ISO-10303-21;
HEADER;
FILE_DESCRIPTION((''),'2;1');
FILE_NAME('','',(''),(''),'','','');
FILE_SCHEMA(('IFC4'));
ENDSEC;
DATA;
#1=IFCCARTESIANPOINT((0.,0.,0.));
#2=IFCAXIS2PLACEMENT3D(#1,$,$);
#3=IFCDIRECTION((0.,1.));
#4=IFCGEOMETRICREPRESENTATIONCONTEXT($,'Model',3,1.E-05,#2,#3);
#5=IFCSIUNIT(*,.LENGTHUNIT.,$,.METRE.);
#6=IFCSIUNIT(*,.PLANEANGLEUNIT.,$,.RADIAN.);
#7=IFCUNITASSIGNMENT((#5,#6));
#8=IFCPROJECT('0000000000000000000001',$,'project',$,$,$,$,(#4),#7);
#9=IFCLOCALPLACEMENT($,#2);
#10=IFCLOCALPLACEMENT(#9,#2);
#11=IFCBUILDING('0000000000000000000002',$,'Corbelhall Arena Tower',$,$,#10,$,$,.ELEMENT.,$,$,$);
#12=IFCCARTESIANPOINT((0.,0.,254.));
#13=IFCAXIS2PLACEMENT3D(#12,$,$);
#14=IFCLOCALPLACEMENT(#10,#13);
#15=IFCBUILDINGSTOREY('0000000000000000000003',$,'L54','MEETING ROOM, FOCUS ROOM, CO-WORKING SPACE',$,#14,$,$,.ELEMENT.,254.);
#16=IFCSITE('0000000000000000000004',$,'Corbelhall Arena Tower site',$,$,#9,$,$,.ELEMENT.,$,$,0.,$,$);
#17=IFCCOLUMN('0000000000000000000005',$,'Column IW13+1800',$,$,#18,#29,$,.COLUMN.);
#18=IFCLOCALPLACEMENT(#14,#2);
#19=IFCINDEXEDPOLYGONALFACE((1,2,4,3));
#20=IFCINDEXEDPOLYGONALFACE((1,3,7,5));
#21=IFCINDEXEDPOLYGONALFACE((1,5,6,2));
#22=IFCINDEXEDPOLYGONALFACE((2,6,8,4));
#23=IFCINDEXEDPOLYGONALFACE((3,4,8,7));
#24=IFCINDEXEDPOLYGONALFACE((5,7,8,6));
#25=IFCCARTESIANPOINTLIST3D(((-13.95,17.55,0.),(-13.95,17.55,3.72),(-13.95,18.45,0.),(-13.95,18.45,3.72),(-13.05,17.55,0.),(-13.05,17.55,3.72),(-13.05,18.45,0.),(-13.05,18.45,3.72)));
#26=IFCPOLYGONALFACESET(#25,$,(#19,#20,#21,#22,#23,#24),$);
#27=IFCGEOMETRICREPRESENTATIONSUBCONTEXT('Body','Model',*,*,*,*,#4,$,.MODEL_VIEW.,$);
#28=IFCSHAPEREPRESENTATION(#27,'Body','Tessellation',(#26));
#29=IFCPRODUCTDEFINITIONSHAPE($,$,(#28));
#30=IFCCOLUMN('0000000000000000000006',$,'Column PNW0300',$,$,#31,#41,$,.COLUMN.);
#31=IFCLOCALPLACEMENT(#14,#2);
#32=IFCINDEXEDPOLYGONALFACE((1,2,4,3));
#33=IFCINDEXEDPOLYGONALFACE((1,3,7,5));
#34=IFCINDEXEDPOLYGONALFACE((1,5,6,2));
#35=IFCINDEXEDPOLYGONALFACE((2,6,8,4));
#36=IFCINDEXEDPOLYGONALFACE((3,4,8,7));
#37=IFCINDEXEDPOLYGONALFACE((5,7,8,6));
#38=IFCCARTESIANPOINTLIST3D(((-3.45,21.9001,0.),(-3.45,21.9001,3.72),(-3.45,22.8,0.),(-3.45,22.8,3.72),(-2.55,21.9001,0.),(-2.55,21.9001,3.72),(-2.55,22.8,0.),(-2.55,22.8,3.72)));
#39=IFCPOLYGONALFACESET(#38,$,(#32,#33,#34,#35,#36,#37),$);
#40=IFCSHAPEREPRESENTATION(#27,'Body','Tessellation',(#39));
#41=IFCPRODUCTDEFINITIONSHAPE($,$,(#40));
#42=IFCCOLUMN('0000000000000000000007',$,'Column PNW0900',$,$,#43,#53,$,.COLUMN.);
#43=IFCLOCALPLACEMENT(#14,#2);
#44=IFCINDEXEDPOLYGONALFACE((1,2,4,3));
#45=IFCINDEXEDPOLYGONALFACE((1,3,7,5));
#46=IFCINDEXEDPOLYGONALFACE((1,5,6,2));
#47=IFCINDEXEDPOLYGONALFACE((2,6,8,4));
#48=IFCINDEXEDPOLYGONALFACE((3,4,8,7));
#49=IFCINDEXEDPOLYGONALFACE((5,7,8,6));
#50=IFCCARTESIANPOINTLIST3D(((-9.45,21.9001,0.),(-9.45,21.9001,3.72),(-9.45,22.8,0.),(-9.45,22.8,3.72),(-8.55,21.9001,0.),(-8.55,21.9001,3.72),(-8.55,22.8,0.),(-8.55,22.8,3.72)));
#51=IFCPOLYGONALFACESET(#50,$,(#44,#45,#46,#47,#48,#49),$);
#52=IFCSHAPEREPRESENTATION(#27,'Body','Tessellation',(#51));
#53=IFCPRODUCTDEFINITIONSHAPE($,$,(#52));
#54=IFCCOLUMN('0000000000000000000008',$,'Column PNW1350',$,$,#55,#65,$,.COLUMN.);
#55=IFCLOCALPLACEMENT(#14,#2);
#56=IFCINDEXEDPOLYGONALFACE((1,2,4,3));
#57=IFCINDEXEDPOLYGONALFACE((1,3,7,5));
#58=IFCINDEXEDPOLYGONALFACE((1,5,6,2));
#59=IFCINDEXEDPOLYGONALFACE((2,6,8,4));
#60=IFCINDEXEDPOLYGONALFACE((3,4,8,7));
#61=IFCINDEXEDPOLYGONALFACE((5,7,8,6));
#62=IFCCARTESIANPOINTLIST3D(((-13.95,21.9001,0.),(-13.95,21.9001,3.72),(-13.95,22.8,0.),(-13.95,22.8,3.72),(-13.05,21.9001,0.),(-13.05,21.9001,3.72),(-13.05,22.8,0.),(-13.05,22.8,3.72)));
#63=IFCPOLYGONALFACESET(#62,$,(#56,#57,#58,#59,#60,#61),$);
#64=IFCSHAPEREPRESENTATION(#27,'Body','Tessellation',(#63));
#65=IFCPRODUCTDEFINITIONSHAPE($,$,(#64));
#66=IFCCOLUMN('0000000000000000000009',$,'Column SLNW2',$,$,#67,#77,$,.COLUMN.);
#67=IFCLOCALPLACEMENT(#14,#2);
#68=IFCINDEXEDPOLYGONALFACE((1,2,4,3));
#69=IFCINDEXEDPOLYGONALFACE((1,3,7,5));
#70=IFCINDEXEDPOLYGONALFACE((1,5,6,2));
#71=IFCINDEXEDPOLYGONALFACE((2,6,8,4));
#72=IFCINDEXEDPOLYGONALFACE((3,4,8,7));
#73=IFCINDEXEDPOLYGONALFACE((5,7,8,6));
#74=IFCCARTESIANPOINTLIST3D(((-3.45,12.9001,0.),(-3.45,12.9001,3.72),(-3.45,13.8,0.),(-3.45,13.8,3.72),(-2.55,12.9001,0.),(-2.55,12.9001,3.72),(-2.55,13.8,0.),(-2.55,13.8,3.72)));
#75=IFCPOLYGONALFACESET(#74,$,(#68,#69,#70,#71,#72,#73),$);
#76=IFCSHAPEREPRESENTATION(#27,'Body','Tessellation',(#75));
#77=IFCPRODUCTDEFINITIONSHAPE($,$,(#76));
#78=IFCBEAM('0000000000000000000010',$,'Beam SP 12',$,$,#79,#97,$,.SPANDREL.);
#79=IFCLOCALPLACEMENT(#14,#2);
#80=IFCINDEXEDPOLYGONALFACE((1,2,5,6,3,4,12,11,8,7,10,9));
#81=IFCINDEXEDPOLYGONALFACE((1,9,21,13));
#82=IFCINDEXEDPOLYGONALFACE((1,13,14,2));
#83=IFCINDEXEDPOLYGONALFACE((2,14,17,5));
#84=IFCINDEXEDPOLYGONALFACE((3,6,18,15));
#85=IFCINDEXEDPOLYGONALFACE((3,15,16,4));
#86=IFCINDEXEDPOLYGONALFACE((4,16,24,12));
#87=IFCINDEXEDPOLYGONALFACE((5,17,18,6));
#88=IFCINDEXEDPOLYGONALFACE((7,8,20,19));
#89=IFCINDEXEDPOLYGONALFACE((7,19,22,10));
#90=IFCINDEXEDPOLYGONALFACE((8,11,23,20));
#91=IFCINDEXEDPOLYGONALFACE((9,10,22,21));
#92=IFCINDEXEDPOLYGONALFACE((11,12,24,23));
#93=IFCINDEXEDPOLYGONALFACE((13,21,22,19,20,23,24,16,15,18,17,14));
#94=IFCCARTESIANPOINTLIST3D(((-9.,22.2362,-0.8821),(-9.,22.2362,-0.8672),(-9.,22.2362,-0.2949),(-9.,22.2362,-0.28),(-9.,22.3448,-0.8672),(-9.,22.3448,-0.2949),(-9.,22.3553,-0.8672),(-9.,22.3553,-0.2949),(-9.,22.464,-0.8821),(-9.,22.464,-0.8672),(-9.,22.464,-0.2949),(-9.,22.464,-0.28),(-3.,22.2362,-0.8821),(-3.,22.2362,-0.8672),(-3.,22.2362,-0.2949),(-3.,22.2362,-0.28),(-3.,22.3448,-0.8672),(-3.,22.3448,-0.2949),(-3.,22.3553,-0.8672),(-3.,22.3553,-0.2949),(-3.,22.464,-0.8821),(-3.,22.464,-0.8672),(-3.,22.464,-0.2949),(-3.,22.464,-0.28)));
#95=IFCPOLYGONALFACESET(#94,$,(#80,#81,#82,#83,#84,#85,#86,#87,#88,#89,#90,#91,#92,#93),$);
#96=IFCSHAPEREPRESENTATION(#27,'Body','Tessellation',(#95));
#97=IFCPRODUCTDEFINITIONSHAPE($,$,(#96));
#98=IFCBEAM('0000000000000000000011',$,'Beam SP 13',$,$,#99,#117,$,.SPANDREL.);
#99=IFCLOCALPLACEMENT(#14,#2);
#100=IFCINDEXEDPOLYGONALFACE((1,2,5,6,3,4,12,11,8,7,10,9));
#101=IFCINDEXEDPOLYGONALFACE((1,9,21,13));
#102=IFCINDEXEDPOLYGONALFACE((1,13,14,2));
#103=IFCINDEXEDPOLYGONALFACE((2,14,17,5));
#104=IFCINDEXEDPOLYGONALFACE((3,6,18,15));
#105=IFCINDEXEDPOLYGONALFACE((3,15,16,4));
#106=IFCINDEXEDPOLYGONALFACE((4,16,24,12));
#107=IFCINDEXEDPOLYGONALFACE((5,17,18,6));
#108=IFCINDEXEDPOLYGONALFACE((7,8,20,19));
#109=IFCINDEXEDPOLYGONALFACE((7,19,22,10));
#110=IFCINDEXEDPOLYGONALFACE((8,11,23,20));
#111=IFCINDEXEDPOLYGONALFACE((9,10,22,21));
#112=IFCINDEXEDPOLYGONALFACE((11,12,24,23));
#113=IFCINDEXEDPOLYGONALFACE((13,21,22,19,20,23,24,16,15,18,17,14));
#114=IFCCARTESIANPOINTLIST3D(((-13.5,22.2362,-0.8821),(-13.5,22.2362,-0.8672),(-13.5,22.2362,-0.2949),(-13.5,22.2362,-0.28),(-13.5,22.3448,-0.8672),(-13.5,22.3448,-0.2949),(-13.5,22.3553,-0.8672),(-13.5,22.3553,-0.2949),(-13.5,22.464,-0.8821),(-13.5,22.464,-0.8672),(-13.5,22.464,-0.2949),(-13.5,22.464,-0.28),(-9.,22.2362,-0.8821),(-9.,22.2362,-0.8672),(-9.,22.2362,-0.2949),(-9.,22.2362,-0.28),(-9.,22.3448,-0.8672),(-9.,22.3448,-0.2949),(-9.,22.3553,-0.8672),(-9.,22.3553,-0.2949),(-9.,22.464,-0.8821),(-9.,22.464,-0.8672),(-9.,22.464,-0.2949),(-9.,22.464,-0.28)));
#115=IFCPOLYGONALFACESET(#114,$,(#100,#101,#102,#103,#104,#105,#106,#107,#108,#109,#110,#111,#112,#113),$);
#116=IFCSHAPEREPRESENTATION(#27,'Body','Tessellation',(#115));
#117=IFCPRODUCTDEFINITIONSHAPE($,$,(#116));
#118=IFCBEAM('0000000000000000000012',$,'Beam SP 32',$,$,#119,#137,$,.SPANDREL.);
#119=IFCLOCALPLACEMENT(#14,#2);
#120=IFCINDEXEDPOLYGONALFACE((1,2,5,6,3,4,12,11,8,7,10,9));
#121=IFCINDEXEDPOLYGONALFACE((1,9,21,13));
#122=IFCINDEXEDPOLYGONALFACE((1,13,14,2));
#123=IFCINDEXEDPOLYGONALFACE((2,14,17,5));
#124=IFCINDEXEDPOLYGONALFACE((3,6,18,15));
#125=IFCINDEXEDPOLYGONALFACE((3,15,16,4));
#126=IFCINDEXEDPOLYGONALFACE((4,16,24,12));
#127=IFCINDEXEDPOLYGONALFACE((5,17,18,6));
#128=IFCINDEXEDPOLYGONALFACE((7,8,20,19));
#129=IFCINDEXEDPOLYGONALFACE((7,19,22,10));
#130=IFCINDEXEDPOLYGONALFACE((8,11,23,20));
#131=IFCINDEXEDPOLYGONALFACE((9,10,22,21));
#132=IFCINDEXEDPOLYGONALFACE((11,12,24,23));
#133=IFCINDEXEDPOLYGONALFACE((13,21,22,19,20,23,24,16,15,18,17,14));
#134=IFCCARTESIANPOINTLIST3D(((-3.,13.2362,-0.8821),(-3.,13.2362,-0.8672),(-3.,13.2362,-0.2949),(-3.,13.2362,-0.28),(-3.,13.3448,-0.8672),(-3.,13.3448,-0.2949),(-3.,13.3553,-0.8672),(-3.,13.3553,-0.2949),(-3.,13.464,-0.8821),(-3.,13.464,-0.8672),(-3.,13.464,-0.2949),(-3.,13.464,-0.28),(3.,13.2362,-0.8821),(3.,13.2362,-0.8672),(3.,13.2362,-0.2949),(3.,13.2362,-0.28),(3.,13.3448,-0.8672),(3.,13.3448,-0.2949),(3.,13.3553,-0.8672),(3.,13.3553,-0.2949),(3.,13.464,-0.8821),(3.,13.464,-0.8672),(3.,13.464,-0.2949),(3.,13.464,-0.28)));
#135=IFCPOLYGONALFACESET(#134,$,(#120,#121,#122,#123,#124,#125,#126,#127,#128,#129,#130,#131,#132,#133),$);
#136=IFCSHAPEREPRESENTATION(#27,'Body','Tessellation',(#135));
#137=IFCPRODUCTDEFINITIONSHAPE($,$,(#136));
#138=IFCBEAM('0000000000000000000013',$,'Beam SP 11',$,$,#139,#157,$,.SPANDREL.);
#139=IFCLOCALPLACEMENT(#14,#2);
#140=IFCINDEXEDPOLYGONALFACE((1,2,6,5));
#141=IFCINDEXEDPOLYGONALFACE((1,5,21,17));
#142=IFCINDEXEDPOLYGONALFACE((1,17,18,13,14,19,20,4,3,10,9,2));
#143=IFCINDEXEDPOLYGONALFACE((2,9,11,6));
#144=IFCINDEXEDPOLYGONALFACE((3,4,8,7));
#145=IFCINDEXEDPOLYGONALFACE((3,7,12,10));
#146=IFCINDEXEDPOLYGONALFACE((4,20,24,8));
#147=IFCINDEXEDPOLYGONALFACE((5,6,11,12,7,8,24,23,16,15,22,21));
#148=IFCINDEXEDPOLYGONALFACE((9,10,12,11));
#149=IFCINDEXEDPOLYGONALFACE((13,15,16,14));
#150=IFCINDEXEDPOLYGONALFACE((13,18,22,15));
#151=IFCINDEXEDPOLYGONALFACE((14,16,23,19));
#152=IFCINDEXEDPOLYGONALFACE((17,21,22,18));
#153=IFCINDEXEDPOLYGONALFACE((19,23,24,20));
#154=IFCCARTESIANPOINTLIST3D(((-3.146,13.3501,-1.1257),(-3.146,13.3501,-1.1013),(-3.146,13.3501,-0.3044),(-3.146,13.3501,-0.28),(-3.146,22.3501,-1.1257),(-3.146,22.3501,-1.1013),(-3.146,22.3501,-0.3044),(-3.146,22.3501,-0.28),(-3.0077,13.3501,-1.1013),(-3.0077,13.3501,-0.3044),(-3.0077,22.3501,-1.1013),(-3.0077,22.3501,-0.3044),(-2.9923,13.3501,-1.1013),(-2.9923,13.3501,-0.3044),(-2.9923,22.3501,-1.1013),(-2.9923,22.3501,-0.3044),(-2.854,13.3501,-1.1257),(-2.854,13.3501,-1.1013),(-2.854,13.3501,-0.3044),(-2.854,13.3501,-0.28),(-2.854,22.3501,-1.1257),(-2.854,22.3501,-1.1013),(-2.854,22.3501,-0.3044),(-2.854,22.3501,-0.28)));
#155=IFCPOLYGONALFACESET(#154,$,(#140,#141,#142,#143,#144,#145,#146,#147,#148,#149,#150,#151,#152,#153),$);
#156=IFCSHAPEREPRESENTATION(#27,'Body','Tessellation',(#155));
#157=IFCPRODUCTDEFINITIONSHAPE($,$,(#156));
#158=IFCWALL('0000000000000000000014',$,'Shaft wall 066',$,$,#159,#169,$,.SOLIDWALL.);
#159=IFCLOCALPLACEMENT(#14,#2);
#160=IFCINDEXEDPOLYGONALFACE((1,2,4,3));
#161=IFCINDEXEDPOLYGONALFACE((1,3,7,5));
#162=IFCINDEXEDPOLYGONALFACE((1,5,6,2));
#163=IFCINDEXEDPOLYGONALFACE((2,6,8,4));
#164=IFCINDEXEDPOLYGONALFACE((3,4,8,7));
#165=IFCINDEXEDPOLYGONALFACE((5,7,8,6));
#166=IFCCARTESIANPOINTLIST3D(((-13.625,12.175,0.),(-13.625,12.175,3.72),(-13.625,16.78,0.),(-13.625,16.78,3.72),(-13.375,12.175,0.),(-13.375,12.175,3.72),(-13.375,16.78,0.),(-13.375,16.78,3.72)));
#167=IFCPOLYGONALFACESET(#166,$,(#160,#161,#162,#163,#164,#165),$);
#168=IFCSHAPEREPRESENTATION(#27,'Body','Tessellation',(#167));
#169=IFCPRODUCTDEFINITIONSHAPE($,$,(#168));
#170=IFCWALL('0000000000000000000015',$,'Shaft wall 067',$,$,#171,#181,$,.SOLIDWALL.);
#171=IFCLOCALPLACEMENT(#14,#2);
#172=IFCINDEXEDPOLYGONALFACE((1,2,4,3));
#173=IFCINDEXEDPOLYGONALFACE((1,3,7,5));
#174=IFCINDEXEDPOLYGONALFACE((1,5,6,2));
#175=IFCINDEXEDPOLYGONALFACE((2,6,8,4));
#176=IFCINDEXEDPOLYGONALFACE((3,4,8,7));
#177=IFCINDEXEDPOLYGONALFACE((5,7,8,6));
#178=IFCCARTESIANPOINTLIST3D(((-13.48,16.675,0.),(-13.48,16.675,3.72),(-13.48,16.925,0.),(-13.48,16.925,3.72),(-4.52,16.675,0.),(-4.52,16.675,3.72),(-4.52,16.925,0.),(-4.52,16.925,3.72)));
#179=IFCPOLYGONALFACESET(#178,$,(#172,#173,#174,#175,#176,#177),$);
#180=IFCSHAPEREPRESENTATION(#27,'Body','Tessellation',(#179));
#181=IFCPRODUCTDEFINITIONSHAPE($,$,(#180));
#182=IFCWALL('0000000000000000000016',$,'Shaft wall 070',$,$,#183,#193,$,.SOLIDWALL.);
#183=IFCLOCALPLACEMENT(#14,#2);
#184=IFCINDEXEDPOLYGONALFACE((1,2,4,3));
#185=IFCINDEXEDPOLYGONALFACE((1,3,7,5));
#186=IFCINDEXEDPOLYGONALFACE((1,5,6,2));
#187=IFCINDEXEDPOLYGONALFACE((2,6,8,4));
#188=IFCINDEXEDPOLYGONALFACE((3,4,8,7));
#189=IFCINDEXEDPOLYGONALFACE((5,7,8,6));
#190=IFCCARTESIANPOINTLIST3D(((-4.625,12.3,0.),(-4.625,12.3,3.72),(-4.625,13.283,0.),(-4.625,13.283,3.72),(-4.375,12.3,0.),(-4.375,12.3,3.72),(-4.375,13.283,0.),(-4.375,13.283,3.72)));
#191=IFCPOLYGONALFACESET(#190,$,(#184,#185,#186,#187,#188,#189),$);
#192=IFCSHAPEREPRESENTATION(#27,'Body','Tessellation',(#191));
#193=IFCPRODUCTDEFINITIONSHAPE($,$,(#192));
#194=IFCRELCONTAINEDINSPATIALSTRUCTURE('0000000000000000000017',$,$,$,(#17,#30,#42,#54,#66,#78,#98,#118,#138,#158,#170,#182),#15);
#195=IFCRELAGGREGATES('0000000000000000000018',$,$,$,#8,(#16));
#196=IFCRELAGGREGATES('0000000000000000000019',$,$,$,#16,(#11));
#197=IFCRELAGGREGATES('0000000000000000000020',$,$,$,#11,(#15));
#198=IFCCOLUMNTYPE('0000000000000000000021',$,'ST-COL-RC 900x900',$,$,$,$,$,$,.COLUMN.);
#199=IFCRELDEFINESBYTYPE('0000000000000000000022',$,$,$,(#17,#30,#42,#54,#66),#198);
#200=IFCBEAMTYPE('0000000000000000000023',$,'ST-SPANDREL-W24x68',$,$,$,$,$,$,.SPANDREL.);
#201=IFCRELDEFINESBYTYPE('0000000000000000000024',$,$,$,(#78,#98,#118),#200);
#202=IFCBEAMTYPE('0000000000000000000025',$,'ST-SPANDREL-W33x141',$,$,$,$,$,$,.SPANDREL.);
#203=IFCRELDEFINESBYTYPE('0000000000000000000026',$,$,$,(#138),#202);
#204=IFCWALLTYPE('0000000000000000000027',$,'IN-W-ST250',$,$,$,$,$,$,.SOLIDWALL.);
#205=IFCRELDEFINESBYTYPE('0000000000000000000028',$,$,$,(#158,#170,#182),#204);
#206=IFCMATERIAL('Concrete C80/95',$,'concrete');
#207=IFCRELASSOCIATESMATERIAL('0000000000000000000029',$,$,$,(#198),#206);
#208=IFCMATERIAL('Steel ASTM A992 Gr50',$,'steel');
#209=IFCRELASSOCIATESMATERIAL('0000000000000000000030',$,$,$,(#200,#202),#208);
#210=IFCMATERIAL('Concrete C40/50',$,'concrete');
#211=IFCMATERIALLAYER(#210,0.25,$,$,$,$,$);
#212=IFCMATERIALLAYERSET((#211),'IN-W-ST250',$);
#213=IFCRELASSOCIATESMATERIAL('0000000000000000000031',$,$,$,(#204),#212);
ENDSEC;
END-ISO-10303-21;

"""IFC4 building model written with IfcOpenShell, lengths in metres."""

from ifc_helpers import new_model, si_unit, direction, frame, frame_2d, origin, origin_2d, place, context, subcontext, project, spatial, rectangle, i_section, extrude, material, layer, layer_set, material_profile, profile_set, type_object, element, save


model = new_model("IFC4")

# Units and contexts
model_context = context("Model", 3, precision=1e-05, world=origin(), true_north=direction((0.0, 1.0)))
body_context = subcontext(model_context, "Body", "Model", "MODEL_VIEW")
ifc_project = project(units=[si_unit("LENGTHUNIT", "METRE"), si_unit("PLANEANGLEUNIT", "RADIAN")], contexts=[model_context])

# Site, building, storey
site_placement = place(None, origin())
site = spatial("IfcSite", under=ifc_project, at=site_placement, Name="Corbelhall Arena Tower site", CompositionType="ELEMENT", RefElevation=0.0)
building_placement = place(site_placement, origin())
building = spatial("IfcBuilding", under=site, at=building_placement, Name="Corbelhall Arena Tower", CompositionType="ELEMENT")
storey_placement = place(building_placement, frame((0.0, 0.0, 254.0)))
storey = spatial("IfcBuildingStorey", under=building, at=storey_placement, Name="L54", Description="MEETING ROOM, FOCUS ROOM, CO-WORKING SPACE", CompositionType="ELEMENT", Elevation=254.0)

# Columns
ifc_material_1 = material(Name="Concrete C80/95", Category="concrete")
ifc_material_profile_1 = material_profile(ifc_material_1, rectangle(XDim=0.8999, YDim=0.8999, at=origin_2d()))
ifc_profile_set_1 = profile_set([ifc_material_profile_1], Name="Concrete C80/95")
column_type = type_object("IfcColumnType", Name="ST-COL-RC 900x900", PredefinedType="COLUMN", material=ifc_profile_set_1)
for number, where, z_axis, x_axis, name in (
    (1, (-13.5, 18.0, 0.0), (0.0, 0.0, 1.0), (1.0, 0.0, 0.0), "Column IW13+1800"),
    (2, (-3.0, 22.3501, 0.0), (0.0, 0.0, 1.0), (1.0, 0.0, 0.0), "Column PNW0300"),
    (3, (-9.0, 22.3501, 0.0), (0.0, 0.0, 1.0), (1.0, 0.0, 0.0), "Column PNW0900"),
    (4, (-13.5, 22.3501, 0.0), (0.0, 0.0, 1.0), (1.0, 0.0, 0.0), "Column PNW1350"),
    (5, (-3.0, 13.3501, 0.0), (0.0, 0.0, 1.0), (1.0, 0.0, 0.0), "Column SLNW2"),
):
    element("IfcColumn", number, at=place(storey_placement, frame(where, z_axis=z_axis, x_axis=x_axis)), inside=storey, type_object=column_type, Name=name, PredefinedType="COLUMN", context=body_context, shape_type="SweptSolid", body=[
        extrude(rectangle(XDim=0.8999, YDim=0.8999, at=origin_2d()), origin(), (0.0, 0.0, 1.0), 3.72),
    ])

# Beams
ifc_material_2 = material(Name="Steel ASTM A992 Gr50", Category="steel")
ifc_material_profile_2 = material_profile(ifc_material_2, i_section(OverallWidth=0.2278, OverallDepth=0.6021, WebThickness=0.0105, FlangeThickness=0.0149, at=origin_2d()))
ifc_profile_set_2 = profile_set([ifc_material_profile_2], Name="Steel ASTM A992 Gr50")
beam_type_1 = type_object("IfcBeamType", Name="ST-SPANDREL-W24x68", PredefinedType="SPANDREL", material=ifc_profile_set_2)
beam_1_placement = place(storey_placement, frame((-9.0, 22.3501, -0.5811), z_axis=(1.0, 0.0, 0.0), x_axis=(0.0, 1.0, 0.0)))
element("IfcBeam", 6, at=beam_1_placement, inside=storey, type_object=beam_type_1, Name="Beam SP 12", PredefinedType="SPANDREL", context=body_context, shape_type="SweptSolid", body=[
    extrude(i_section(OverallWidth=0.2278, OverallDepth=0.6021, WebThickness=0.0105, FlangeThickness=0.0149, at=origin_2d()), origin(), (0.0, 0.0, 1.0), 6.0),
])
beam_2_placement = place(storey_placement, frame((-13.5, 22.3501, -0.5811), z_axis=(1.0, 0.0, 0.0), x_axis=(0.0, 1.0, 0.0)))
element("IfcBeam", 7, at=beam_2_placement, inside=storey, type_object=beam_type_1, Name="Beam SP 13", PredefinedType="SPANDREL", context=body_context, shape_type="SweptSolid", body=[
    extrude(i_section(OverallWidth=0.2278, OverallDepth=0.6021, WebThickness=0.0105, FlangeThickness=0.0149, at=origin_2d()), origin(), (0.0, 0.0, 1.0), 4.5),
])
beam_3_placement = place(storey_placement, frame((-3.0, 13.3501, -0.5811), z_axis=(1.0, 0.0, 0.0), x_axis=(0.0, 1.0, 0.0)))
element("IfcBeam", 8, at=beam_3_placement, inside=storey, type_object=beam_type_1, Name="Beam SP 32", PredefinedType="SPANDREL", context=body_context, shape_type="SweptSolid", body=[
    extrude(i_section(OverallWidth=0.2278, OverallDepth=0.6021, WebThickness=0.0105, FlangeThickness=0.0149, at=origin_2d()), origin(), (0.0, 0.0, 1.0), 6.0),
])
ifc_material_profile_3 = material_profile(ifc_material_2, i_section(OverallWidth=0.292, OverallDepth=0.8457, WebThickness=0.0154, FlangeThickness=0.0244, at=origin_2d()))
ifc_profile_set_3 = profile_set([ifc_material_profile_3], Name="Steel ASTM A992 Gr50")
beam_type_2 = type_object("IfcBeamType", Name="ST-SPANDREL-W33x141", PredefinedType="SPANDREL", material=ifc_profile_set_3)
beam_4_placement = place(storey_placement, frame((-3.0, 22.3501, -0.7029), z_axis=(0.0, -1.0, 0.0), x_axis=(1.0, 0.0, 0.0)))
element("IfcBeam", 9, at=beam_4_placement, inside=storey, type_object=beam_type_2, Name="Beam SP 11", PredefinedType="SPANDREL", context=body_context, shape_type="SweptSolid", body=[
    extrude(i_section(OverallWidth=0.292, OverallDepth=0.8457, WebThickness=0.0154, FlangeThickness=0.0244, at=origin_2d()), origin(), (0.0, 0.0, 1.0), 9.0),
])

# Walls
ifc_material_3 = material(Name="Concrete C40/50", Category="concrete")
ifc_layer_1 = layer(ifc_material_3, 0.25)
ifc_layer_set_1 = layer_set([ifc_layer_1], Name="IN-W-ST250")
wall_type_1 = type_object("IfcWallType", Name="IN-W-ST250", PredefinedType="SOLIDWALL", material=ifc_layer_set_1)
wall_1_placement = place(storey_placement, frame((-13.5, 16.78, 0.0), z_axis=(0.0, 0.0, 1.0), x_axis=(0.0, -1.0, 0.0)))
element("IfcWall", 10, at=wall_1_placement, inside=storey, type_object=wall_type_1, Name="Shaft wall 066", PredefinedType="SOLIDWALL", context=body_context, shape_type="SweptSolid", body=[
    extrude(rectangle(XDim=4.605, YDim=0.25, at=frame_2d((2.3025, 0.0))), origin(), (0.0, 0.0, 1.0), 3.72),
])
wall_2_placement = place(storey_placement, frame((-13.48, 16.8, 0.0), z_axis=(0.0, 0.0, 1.0), x_axis=(1.0, 0.0, 0.0)))
element("IfcWall", 11, at=wall_2_placement, inside=storey, type_object=wall_type_1, Name="Shaft wall 067", PredefinedType="SOLIDWALL", context=body_context, shape_type="SweptSolid", body=[
    extrude(rectangle(XDim=8.96, YDim=0.25, at=frame_2d((4.48, 0.0))), origin(), (0.0, 0.0, 1.0), 3.72),
])
wall_3_placement = place(storey_placement, frame((-4.5, 13.283, 0.0), z_axis=(0.0, 0.0, 1.0), x_axis=(0.0, -1.0, 0.0)))
element("IfcWall", 12, at=wall_3_placement, inside=storey, type_object=wall_type_1, Name="Shaft wall 070", PredefinedType="SOLIDWALL", context=body_context, shape_type="SweptSolid", body=[
    extrude(rectangle(XDim=0.9829, YDim=0.25, at=frame_2d((0.4915, 0.0))), origin(), (0.0, 0.0, 1.0), 3.72),
])

save(model, "model.ifc")
